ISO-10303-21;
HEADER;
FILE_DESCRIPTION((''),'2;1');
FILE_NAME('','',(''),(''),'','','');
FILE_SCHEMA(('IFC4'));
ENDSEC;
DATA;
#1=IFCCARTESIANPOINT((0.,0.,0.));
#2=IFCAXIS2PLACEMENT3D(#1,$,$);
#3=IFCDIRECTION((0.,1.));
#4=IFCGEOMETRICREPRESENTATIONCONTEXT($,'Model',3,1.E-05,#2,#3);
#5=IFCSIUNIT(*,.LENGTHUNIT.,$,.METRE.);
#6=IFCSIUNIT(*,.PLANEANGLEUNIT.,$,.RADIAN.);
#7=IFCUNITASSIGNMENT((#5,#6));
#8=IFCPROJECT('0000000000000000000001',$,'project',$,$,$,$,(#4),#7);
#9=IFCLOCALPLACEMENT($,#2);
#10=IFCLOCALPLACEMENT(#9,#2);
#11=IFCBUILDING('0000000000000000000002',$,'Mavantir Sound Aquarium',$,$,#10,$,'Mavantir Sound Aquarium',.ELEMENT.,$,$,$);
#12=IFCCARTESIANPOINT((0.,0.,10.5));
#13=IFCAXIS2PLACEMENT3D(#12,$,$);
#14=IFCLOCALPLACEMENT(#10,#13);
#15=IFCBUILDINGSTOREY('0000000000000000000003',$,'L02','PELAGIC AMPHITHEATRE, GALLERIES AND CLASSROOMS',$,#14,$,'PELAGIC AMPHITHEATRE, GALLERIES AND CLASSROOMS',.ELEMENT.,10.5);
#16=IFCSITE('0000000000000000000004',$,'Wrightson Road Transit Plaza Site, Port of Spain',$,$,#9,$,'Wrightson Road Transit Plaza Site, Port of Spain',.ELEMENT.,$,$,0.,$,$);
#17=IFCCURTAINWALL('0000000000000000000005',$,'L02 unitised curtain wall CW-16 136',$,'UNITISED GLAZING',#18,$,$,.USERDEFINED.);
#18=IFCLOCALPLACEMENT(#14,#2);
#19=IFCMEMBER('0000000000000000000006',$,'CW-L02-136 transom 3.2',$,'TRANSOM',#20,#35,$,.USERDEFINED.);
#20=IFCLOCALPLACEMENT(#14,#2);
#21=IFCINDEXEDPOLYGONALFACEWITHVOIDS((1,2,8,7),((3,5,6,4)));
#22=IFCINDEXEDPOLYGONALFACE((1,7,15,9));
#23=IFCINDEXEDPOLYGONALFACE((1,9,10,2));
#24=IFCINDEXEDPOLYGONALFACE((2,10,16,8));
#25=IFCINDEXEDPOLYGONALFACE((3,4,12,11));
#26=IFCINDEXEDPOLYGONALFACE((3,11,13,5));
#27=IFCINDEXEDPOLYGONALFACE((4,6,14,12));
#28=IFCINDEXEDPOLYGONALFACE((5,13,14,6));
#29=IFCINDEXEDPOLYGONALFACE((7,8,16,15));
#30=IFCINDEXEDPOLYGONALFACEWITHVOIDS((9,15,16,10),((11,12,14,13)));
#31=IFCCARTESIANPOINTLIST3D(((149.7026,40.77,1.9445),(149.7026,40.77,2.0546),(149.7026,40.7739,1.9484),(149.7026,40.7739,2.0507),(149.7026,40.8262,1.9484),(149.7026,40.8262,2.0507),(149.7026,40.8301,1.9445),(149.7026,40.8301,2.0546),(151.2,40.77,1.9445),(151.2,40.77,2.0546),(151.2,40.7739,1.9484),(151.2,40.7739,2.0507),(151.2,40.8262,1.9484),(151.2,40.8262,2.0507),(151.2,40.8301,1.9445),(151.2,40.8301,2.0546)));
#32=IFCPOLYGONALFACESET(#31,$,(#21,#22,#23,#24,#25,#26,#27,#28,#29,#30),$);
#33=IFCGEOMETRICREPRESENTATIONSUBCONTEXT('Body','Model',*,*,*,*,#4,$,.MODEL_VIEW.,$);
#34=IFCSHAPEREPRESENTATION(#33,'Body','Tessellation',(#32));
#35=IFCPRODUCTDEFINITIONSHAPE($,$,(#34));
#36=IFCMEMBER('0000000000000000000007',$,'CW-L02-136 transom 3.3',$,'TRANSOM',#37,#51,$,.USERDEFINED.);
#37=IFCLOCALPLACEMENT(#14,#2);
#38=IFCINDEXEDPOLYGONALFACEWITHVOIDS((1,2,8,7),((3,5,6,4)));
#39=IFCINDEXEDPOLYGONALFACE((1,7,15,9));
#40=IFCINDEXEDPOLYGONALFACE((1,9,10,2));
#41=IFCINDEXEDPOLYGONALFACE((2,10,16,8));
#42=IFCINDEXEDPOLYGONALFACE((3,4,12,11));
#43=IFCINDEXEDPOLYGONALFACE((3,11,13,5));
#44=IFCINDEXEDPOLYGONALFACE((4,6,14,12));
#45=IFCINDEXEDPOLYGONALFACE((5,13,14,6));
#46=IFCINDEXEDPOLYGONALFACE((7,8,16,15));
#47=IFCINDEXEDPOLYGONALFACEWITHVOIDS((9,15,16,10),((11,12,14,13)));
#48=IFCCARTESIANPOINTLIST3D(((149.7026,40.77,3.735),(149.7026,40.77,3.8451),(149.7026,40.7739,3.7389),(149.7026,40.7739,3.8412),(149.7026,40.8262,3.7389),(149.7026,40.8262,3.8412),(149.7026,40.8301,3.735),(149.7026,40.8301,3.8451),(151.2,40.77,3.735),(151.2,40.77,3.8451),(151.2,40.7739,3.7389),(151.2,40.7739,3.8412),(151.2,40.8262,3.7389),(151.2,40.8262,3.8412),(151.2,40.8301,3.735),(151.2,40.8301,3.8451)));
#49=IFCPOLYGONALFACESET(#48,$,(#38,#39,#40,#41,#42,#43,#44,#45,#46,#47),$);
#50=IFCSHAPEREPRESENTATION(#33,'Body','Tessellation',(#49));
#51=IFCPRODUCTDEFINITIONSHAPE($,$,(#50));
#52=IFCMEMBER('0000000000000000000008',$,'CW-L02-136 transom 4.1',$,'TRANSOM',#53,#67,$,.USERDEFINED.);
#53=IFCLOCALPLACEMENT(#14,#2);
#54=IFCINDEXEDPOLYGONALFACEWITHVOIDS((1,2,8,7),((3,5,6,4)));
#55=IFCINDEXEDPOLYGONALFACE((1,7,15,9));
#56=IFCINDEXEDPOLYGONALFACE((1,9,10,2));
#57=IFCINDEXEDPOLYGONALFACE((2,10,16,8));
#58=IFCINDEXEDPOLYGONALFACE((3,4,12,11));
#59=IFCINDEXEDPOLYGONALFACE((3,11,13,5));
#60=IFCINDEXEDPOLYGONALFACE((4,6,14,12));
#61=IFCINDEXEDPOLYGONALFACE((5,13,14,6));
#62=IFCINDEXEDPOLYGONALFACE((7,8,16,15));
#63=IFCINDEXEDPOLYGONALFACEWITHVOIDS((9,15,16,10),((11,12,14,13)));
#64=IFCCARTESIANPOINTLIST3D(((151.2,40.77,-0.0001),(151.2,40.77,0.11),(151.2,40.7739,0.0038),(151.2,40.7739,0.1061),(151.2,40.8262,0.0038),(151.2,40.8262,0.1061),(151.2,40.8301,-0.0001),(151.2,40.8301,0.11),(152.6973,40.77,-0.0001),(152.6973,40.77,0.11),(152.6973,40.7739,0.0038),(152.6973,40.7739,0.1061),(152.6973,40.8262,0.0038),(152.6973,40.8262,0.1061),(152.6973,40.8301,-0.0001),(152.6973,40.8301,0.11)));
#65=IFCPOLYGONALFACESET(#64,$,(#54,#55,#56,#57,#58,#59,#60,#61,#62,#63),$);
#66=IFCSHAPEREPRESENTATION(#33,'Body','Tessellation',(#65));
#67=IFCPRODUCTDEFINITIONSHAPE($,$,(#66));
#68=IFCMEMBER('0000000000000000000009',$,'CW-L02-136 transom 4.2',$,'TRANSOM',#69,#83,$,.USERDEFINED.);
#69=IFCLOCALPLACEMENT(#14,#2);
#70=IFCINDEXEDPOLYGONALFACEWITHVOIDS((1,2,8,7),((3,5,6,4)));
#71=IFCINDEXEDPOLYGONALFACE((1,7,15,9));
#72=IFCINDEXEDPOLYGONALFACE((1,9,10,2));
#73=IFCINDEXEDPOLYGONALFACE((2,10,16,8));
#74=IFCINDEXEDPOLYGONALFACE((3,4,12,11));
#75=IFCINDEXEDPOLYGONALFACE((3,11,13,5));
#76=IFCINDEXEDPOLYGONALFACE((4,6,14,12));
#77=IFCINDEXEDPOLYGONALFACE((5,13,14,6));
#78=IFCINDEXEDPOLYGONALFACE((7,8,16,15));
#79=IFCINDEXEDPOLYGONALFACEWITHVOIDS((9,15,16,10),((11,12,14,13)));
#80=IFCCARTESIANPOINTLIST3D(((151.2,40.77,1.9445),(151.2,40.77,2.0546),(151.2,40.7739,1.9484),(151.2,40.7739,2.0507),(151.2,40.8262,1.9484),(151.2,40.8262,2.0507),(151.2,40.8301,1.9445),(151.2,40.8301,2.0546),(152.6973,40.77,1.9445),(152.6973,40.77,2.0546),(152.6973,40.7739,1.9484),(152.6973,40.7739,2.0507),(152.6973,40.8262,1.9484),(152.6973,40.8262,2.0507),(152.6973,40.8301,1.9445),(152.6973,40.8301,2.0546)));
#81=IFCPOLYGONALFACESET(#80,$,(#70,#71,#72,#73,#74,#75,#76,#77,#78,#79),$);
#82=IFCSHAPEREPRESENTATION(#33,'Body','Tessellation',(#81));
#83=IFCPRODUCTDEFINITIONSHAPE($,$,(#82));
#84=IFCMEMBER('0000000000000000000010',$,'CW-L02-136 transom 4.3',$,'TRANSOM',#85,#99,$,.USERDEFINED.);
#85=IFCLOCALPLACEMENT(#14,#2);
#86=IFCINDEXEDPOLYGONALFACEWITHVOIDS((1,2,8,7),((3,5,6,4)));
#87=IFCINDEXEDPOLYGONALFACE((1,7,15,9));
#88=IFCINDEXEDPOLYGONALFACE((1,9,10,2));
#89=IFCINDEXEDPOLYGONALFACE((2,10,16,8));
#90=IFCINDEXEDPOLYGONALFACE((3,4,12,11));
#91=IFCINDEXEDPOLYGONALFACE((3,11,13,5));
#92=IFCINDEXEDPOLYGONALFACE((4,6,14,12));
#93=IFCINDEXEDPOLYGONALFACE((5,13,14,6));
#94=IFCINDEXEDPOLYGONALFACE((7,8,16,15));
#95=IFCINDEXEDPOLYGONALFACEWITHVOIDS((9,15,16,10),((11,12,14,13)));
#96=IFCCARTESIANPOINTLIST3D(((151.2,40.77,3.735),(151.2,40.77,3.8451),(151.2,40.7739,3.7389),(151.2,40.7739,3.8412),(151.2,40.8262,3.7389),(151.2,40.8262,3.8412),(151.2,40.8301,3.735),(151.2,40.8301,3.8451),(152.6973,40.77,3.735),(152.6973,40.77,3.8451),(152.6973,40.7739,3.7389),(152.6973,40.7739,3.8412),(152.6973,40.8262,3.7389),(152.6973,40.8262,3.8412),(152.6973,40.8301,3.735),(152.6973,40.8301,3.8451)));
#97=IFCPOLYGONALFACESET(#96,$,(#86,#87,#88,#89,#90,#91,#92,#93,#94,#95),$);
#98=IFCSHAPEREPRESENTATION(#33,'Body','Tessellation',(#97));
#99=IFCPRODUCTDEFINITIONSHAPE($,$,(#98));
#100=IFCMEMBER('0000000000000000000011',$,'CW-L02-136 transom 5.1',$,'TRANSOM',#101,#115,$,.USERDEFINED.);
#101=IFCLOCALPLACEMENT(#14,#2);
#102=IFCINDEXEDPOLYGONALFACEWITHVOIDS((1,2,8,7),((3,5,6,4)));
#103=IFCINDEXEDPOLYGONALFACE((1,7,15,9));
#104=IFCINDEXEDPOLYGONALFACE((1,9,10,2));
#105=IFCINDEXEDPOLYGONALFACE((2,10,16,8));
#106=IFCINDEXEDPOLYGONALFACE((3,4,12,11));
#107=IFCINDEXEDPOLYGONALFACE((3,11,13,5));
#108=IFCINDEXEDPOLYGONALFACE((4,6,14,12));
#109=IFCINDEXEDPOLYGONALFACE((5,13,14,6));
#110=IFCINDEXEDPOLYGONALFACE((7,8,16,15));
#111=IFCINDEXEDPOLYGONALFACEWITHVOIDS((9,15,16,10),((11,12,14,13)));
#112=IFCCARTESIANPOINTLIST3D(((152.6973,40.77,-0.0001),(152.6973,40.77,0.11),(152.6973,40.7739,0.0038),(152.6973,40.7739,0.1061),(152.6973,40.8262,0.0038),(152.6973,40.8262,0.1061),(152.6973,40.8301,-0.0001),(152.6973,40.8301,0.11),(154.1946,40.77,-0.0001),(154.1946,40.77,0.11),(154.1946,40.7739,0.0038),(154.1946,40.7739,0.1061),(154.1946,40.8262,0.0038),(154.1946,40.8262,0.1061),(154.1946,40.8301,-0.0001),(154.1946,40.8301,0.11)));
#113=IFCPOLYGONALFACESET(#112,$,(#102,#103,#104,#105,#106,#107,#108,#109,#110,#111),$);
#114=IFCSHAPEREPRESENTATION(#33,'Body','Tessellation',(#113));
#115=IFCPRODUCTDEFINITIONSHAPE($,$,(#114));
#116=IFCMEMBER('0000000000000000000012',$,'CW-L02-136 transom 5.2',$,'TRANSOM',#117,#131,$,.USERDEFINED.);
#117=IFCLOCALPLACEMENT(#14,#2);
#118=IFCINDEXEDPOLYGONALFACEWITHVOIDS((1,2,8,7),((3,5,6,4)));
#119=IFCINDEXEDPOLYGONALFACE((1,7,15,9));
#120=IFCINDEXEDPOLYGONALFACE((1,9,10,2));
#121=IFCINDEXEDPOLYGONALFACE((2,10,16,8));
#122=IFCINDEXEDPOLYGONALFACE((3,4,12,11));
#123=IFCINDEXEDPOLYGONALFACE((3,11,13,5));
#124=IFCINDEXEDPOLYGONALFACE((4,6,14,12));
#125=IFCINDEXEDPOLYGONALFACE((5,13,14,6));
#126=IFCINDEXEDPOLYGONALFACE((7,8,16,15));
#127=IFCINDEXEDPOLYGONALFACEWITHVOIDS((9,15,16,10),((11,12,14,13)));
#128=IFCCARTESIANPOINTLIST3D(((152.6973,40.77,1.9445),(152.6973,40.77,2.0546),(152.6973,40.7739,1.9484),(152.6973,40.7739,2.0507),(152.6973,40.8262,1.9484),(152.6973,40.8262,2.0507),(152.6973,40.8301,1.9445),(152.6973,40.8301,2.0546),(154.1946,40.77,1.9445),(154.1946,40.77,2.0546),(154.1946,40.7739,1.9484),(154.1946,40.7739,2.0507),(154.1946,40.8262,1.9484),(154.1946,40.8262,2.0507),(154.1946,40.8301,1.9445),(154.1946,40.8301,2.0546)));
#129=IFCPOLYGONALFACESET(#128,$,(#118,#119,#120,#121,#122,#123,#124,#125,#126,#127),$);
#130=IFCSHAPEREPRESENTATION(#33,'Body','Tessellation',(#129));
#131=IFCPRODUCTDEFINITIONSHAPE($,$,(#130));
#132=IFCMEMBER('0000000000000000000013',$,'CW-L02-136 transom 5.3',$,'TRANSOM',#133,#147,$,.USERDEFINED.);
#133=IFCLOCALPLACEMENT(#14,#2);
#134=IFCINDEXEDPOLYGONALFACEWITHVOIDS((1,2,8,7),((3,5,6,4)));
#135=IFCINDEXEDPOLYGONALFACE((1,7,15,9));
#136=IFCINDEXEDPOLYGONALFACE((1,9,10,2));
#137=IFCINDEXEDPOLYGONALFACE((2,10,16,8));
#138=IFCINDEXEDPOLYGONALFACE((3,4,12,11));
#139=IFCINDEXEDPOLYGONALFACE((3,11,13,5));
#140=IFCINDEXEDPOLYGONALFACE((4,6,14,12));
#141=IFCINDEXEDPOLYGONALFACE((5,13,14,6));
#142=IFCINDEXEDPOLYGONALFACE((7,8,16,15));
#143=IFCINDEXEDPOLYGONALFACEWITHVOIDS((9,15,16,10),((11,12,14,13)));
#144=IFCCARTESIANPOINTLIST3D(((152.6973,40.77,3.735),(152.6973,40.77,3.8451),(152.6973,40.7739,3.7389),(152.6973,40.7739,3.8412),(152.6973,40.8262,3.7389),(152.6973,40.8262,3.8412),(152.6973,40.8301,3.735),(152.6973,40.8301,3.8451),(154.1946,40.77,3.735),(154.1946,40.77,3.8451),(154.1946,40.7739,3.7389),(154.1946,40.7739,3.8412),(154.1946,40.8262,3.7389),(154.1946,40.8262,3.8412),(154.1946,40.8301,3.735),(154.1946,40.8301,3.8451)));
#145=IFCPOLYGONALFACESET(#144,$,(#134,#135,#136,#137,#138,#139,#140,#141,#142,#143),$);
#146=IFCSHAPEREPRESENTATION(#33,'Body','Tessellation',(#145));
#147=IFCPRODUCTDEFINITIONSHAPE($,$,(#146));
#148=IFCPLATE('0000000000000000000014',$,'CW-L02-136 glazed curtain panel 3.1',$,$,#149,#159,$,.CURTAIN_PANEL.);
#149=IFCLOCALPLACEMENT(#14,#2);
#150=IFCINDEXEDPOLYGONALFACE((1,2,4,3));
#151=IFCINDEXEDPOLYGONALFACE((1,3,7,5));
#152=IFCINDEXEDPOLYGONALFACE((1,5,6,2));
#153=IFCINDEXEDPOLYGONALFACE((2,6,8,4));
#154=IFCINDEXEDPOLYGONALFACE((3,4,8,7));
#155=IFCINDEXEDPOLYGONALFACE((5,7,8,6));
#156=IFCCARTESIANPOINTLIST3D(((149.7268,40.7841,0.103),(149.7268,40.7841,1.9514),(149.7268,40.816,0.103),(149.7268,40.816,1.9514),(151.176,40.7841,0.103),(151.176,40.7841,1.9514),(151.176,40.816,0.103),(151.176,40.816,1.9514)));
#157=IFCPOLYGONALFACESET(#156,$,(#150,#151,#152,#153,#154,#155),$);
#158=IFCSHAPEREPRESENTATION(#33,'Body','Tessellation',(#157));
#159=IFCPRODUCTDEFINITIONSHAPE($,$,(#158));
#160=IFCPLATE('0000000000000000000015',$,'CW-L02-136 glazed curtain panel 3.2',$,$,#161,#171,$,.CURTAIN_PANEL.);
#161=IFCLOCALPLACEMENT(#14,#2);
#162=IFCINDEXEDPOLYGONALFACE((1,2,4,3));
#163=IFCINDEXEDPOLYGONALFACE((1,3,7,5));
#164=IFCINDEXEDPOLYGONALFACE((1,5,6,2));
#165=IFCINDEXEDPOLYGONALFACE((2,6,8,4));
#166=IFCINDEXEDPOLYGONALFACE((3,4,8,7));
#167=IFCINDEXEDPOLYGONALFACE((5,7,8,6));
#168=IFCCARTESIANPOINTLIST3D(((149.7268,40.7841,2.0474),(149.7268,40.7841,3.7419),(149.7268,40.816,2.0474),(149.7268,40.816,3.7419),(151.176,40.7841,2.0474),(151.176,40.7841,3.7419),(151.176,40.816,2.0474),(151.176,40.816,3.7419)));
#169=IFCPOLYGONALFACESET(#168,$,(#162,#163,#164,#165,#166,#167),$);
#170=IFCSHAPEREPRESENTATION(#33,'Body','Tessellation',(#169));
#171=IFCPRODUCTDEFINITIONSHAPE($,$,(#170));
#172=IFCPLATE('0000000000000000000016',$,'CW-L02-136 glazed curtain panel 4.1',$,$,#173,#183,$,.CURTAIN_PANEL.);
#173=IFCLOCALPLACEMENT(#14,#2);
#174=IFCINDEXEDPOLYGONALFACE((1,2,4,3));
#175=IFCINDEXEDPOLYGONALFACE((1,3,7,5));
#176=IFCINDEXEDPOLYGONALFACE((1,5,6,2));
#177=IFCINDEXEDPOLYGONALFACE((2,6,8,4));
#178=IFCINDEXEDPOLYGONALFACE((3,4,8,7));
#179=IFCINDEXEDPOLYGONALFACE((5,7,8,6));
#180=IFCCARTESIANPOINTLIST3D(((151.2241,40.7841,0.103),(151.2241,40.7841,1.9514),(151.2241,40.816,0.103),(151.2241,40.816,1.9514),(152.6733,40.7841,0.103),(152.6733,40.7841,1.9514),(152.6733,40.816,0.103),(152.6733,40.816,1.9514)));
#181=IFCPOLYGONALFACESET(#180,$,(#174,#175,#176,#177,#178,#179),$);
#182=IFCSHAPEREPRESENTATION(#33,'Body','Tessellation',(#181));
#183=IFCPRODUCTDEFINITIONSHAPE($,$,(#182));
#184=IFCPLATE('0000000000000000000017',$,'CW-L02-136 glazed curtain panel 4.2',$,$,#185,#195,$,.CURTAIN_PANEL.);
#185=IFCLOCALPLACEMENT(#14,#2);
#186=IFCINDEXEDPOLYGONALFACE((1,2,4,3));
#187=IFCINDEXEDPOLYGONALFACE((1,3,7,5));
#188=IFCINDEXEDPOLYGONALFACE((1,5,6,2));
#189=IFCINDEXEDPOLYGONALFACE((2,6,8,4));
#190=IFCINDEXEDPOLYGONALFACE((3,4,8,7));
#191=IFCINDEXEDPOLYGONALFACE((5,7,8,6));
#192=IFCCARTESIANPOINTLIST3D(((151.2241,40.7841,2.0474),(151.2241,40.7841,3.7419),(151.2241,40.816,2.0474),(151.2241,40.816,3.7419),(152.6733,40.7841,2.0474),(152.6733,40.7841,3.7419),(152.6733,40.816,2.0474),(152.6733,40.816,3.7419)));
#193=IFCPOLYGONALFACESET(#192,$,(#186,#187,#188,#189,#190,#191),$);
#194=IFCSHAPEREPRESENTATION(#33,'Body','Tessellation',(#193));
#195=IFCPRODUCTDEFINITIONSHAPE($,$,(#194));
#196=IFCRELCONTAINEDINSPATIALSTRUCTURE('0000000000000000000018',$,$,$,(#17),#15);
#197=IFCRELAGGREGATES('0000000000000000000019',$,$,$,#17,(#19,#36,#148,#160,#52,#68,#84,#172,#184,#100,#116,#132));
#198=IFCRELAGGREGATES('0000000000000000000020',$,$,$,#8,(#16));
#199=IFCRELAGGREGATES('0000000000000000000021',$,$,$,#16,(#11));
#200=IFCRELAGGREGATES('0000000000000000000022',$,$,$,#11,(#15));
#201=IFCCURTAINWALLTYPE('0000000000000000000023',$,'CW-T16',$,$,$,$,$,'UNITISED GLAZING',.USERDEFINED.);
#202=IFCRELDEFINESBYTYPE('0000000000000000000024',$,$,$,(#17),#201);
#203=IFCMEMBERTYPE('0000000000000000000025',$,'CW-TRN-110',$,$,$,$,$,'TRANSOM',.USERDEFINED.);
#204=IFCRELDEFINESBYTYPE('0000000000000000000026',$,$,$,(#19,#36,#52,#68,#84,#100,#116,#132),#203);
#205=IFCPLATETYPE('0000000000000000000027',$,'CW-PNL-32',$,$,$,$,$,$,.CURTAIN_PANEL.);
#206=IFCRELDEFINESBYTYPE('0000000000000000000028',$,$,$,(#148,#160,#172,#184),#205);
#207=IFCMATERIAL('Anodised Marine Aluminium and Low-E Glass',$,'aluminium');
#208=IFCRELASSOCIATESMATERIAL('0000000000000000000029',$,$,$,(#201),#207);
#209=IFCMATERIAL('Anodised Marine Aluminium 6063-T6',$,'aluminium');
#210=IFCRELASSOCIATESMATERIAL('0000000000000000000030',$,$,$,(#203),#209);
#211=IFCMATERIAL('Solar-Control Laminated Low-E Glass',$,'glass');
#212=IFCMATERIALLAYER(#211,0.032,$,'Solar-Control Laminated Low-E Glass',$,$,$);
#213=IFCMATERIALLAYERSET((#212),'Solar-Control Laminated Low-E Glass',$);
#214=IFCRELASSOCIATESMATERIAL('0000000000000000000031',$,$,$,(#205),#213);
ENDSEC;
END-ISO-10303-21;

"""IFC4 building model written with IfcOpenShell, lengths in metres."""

from ifc_helpers import new_model, si_unit, direction, frame, origin, origin_2d, place, context, subcontext, project, spatial, rectangle, hollow_rectangle, extrude, material, layer, layer_set, material_profile, profile_set, type_object, element, aggregate, save


model = new_model("IFC4")

# Units and contexts
model_context = context("Model", 3, precision=1e-05, world=origin(), true_north=direction((0.0, 1.0)))
body_context = subcontext(model_context, "Body", "Model", "MODEL_VIEW")
ifc_project = project(units=[si_unit("LENGTHUNIT", "METRE"), si_unit("PLANEANGLEUNIT", "RADIAN")], contexts=[model_context])

# Site, building, storey
site_placement = place(None, origin())
site = spatial("IfcSite", under=ifc_project, at=site_placement, Name="Wrightson Road Transit Plaza Site, Port of Spain", LongName="Wrightson Road Transit Plaza Site, Port of Spain", CompositionType="ELEMENT", RefElevation=0.0)
building_placement = place(site_placement, origin())
building = spatial("IfcBuilding", under=site, at=building_placement, Name="Mavantir Sound Aquarium", LongName="Mavantir Sound Aquarium", CompositionType="ELEMENT")
storey_placement = place(building_placement, frame((0.0, 0.0, 10.5)))
storey = spatial("IfcBuildingStorey", under=building, at=storey_placement, Name="L02", Description="PELAGIC AMPHITHEATRE, GALLERIES AND CLASSROOMS", LongName="PELAGIC AMPHITHEATRE, GALLERIES AND CLASSROOMS", CompositionType="ELEMENT", Elevation=10.5)

# Curtain wall, members, plates
ifc_material_1 = material(Name="Anodised Marine Aluminium and Low-E Glass", Category="aluminium")
curtain_wall_type = type_object("IfcCurtainWallType", Name="CW-T16", ElementType="UNITISED GLAZING", PredefinedType="USERDEFINED", material=ifc_material_1)
curtain_wall_placement = place(storey_placement, origin())
curtain_wall = element("IfcCurtainWall", 1, at=curtain_wall_placement, inside=storey, type_object=curtain_wall_type, Name="L02 unitised curtain wall CW-16 136", ObjectType="UNITISED GLAZING", PredefinedType="USERDEFINED")
ifc_material_2 = material(Name="Anodised Marine Aluminium 6063-T6", Category="aluminium")
ifc_material_profile_1 = material_profile(ifc_material_2, hollow_rectangle(XDim=0.0601, YDim=0.1101, WallThickness=0.0039, at=origin_2d()), Name="ALU-TRANSOM-110X60")
ifc_profile_set_1 = profile_set([ifc_material_profile_1], Name="Anodised Marine Aluminium 6063-T6")
member_type_1 = type_object("IfcMemberType", Name="CW-TRN-110", ElementType="TRANSOM", PredefinedType="USERDEFINED", material=ifc_profile_set_1)
member_1_placement = place(storey_placement, frame((149.7026, 40.8, 1.9995), z_axis=(1.0, 0.0, 0.0), x_axis=(0.0, 1.0, 0.0)))
member_1 = element("IfcMember", 2, at=member_1_placement, type_object=member_type_1, Name="CW-L02-136 transom 3.2", ObjectType="TRANSOM", PredefinedType="USERDEFINED", context=body_context, shape_type="SweptSolid", body=[
    extrude(hollow_rectangle(XDim=0.0601, YDim=0.1101, WallThickness=0.0039, at=origin_2d()), origin(), (0.0, 0.0, 1.0), 1.4973),
])
member_2_placement = place(storey_placement, frame((149.7026, 40.8, 3.79), z_axis=(1.0, 0.0, 0.0), x_axis=(0.0, 1.0, 0.0)))
member_2 = element("IfcMember", 3, at=member_2_placement, type_object=member_type_1, Name="CW-L02-136 transom 3.3", ObjectType="TRANSOM", PredefinedType="USERDEFINED", context=body_context, shape_type="SweptSolid", body=[
    extrude(hollow_rectangle(XDim=0.0601, YDim=0.1101, WallThickness=0.0039, at=origin_2d()), origin(), (0.0, 0.0, 1.0), 1.4973),
])
member_3_placement = place(storey_placement, frame((151.2, 40.8, 0.0549), z_axis=(1.0, 0.0, 0.0), x_axis=(0.0, 1.0, 0.0)))
member_3 = element("IfcMember", 4, at=member_3_placement, type_object=member_type_1, Name="CW-L02-136 transom 4.1", ObjectType="TRANSOM", PredefinedType="USERDEFINED", context=body_context, shape_type="SweptSolid", body=[
    extrude(hollow_rectangle(XDim=0.0601, YDim=0.1101, WallThickness=0.0039, at=origin_2d()), origin(), (0.0, 0.0, 1.0), 1.4973),
])
member_4_placement = place(storey_placement, frame((151.2, 40.8, 1.9995), z_axis=(1.0, 0.0, 0.0), x_axis=(0.0, 1.0, 0.0)))
member_4 = element("IfcMember", 5, at=member_4_placement, type_object=member_type_1, Name="CW-L02-136 transom 4.2", ObjectType="TRANSOM", PredefinedType="USERDEFINED", context=body_context, shape_type="SweptSolid", body=[
    extrude(hollow_rectangle(XDim=0.0601, YDim=0.1101, WallThickness=0.0039, at=origin_2d()), origin(), (0.0, 0.0, 1.0), 1.4973),
])
member_5_placement = place(storey_placement, frame((151.2, 40.8, 3.79), z_axis=(1.0, 0.0, 0.0), x_axis=(0.0, 1.0, 0.0)))
member_5 = element("IfcMember", 6, at=member_5_placement, type_object=member_type_1, Name="CW-L02-136 transom 4.3", ObjectType="TRANSOM", PredefinedType="USERDEFINED", context=body_context, shape_type="SweptSolid", body=[
    extrude(hollow_rectangle(XDim=0.0601, YDim=0.1101, WallThickness=0.0039, at=origin_2d()), origin(), (0.0, 0.0, 1.0), 1.4973),
])
member_6_placement = place(storey_placement, frame((152.6973, 40.8, 0.0549), z_axis=(1.0, 0.0, 0.0), x_axis=(0.0, 1.0, 0.0)))
member_6 = element("IfcMember", 7, at=member_6_placement, type_object=member_type_1, Name="CW-L02-136 transom 5.1", ObjectType="TRANSOM", PredefinedType="USERDEFINED", context=body_context, shape_type="SweptSolid", body=[
    extrude(hollow_rectangle(XDim=0.0601, YDim=0.1101, WallThickness=0.0039, at=origin_2d()), origin(), (0.0, 0.0, 1.0), 1.4973),
])
member_7_placement = place(storey_placement, frame((152.6973, 40.8, 1.9995), z_axis=(1.0, 0.0, 0.0), x_axis=(0.0, 1.0, 0.0)))
member_7 = element("IfcMember", 8, at=member_7_placement, type_object=member_type_1, Name="CW-L02-136 transom 5.2", ObjectType="TRANSOM", PredefinedType="USERDEFINED", context=body_context, shape_type="SweptSolid", body=[
    extrude(hollow_rectangle(XDim=0.0601, YDim=0.1101, WallThickness=0.0039, at=origin_2d()), origin(), (0.0, 0.0, 1.0), 1.4973),
])
member_8_placement = place(storey_placement, frame((152.6973, 40.8, 3.79), z_axis=(1.0, 0.0, 0.0), x_axis=(0.0, 1.0, 0.0)))
member_8 = element("IfcMember", 9, at=member_8_placement, type_object=member_type_1, Name="CW-L02-136 transom 5.3", ObjectType="TRANSOM", PredefinedType="USERDEFINED", context=body_context, shape_type="SweptSolid", body=[
    extrude(hollow_rectangle(XDim=0.0601, YDim=0.1101, WallThickness=0.0039, at=origin_2d()), origin(), (0.0, 0.0, 1.0), 1.4973),
])
ifc_material_3 = material(Name="Solar-Control Laminated Low-E Glass", Category="glass")
ifc_layer = layer(ifc_material_3, 0.032, Name="Solar-Control Laminated Low-E Glass")
ifc_layer_set = layer_set([ifc_layer], Name="Solar-Control Laminated Low-E Glass")
plate_type = type_object("IfcPlateType", Name="CW-PNL-32", PredefinedType="CURTAIN_PANEL", material=ifc_layer_set)
plate_1_placement = place(storey_placement, frame((150.4514, 40.8, 0.103), z_axis=(0.0, 0.0, 1.0), x_axis=(1.0, 0.0, 0.0)))
plate_1 = element("IfcPlate", 10, at=plate_1_placement, type_object=plate_type, Name="CW-L02-136 glazed curtain panel 3.1", PredefinedType="CURTAIN_PANEL", context=body_context, shape_type="SweptSolid", body=[
    extrude(rectangle(XDim=1.4492, YDim=0.032, at=origin_2d()), origin(), (0.0, 0.0, 1.0), 1.8484),
])
plate_2_placement = place(storey_placement, frame((150.4514, 40.8, 2.0474), z_axis=(0.0, 0.0, 1.0), x_axis=(1.0, 0.0, 0.0)))
plate_2 = element("IfcPlate", 11, at=plate_2_placement, type_object=plate_type, Name="CW-L02-136 glazed curtain panel 3.2", PredefinedType="CURTAIN_PANEL", context=body_context, shape_type="SweptSolid", body=[
    extrude(rectangle(XDim=1.4492, YDim=0.032, at=origin_2d()), origin(), (0.0, 0.0, 1.0), 1.6946),
])
plate_3_placement = place(storey_placement, frame((151.9487, 40.8, 0.103), z_axis=(0.0, 0.0, 1.0), x_axis=(1.0, 0.0, 0.0)))
plate_3 = element("IfcPlate", 12, at=plate_3_placement, type_object=plate_type, Name="CW-L02-136 glazed curtain panel 4.1", PredefinedType="CURTAIN_PANEL", context=body_context, shape_type="SweptSolid", body=[
    extrude(rectangle(XDim=1.4492, YDim=0.032, at=origin_2d()), origin(), (0.0, 0.0, 1.0), 1.8484),
])
plate_4_placement = place(storey_placement, frame((151.9487, 40.8, 2.0474), z_axis=(0.0, 0.0, 1.0), x_axis=(1.0, 0.0, 0.0)))
plate_4 = element("IfcPlate", 13, at=plate_4_placement, type_object=plate_type, Name="CW-L02-136 glazed curtain panel 4.2", PredefinedType="CURTAIN_PANEL", context=body_context, shape_type="SweptSolid", body=[
    extrude(rectangle(XDim=1.4492, YDim=0.032, at=origin_2d()), origin(), (0.0, 0.0, 1.0), 1.6946),
])
aggregate(curtain_wall, [member_1, member_2, plate_1, plate_2, member_3, member_4, member_5, plate_3, plate_4, member_6, member_7, member_8])

save(model, "model.ifc")
